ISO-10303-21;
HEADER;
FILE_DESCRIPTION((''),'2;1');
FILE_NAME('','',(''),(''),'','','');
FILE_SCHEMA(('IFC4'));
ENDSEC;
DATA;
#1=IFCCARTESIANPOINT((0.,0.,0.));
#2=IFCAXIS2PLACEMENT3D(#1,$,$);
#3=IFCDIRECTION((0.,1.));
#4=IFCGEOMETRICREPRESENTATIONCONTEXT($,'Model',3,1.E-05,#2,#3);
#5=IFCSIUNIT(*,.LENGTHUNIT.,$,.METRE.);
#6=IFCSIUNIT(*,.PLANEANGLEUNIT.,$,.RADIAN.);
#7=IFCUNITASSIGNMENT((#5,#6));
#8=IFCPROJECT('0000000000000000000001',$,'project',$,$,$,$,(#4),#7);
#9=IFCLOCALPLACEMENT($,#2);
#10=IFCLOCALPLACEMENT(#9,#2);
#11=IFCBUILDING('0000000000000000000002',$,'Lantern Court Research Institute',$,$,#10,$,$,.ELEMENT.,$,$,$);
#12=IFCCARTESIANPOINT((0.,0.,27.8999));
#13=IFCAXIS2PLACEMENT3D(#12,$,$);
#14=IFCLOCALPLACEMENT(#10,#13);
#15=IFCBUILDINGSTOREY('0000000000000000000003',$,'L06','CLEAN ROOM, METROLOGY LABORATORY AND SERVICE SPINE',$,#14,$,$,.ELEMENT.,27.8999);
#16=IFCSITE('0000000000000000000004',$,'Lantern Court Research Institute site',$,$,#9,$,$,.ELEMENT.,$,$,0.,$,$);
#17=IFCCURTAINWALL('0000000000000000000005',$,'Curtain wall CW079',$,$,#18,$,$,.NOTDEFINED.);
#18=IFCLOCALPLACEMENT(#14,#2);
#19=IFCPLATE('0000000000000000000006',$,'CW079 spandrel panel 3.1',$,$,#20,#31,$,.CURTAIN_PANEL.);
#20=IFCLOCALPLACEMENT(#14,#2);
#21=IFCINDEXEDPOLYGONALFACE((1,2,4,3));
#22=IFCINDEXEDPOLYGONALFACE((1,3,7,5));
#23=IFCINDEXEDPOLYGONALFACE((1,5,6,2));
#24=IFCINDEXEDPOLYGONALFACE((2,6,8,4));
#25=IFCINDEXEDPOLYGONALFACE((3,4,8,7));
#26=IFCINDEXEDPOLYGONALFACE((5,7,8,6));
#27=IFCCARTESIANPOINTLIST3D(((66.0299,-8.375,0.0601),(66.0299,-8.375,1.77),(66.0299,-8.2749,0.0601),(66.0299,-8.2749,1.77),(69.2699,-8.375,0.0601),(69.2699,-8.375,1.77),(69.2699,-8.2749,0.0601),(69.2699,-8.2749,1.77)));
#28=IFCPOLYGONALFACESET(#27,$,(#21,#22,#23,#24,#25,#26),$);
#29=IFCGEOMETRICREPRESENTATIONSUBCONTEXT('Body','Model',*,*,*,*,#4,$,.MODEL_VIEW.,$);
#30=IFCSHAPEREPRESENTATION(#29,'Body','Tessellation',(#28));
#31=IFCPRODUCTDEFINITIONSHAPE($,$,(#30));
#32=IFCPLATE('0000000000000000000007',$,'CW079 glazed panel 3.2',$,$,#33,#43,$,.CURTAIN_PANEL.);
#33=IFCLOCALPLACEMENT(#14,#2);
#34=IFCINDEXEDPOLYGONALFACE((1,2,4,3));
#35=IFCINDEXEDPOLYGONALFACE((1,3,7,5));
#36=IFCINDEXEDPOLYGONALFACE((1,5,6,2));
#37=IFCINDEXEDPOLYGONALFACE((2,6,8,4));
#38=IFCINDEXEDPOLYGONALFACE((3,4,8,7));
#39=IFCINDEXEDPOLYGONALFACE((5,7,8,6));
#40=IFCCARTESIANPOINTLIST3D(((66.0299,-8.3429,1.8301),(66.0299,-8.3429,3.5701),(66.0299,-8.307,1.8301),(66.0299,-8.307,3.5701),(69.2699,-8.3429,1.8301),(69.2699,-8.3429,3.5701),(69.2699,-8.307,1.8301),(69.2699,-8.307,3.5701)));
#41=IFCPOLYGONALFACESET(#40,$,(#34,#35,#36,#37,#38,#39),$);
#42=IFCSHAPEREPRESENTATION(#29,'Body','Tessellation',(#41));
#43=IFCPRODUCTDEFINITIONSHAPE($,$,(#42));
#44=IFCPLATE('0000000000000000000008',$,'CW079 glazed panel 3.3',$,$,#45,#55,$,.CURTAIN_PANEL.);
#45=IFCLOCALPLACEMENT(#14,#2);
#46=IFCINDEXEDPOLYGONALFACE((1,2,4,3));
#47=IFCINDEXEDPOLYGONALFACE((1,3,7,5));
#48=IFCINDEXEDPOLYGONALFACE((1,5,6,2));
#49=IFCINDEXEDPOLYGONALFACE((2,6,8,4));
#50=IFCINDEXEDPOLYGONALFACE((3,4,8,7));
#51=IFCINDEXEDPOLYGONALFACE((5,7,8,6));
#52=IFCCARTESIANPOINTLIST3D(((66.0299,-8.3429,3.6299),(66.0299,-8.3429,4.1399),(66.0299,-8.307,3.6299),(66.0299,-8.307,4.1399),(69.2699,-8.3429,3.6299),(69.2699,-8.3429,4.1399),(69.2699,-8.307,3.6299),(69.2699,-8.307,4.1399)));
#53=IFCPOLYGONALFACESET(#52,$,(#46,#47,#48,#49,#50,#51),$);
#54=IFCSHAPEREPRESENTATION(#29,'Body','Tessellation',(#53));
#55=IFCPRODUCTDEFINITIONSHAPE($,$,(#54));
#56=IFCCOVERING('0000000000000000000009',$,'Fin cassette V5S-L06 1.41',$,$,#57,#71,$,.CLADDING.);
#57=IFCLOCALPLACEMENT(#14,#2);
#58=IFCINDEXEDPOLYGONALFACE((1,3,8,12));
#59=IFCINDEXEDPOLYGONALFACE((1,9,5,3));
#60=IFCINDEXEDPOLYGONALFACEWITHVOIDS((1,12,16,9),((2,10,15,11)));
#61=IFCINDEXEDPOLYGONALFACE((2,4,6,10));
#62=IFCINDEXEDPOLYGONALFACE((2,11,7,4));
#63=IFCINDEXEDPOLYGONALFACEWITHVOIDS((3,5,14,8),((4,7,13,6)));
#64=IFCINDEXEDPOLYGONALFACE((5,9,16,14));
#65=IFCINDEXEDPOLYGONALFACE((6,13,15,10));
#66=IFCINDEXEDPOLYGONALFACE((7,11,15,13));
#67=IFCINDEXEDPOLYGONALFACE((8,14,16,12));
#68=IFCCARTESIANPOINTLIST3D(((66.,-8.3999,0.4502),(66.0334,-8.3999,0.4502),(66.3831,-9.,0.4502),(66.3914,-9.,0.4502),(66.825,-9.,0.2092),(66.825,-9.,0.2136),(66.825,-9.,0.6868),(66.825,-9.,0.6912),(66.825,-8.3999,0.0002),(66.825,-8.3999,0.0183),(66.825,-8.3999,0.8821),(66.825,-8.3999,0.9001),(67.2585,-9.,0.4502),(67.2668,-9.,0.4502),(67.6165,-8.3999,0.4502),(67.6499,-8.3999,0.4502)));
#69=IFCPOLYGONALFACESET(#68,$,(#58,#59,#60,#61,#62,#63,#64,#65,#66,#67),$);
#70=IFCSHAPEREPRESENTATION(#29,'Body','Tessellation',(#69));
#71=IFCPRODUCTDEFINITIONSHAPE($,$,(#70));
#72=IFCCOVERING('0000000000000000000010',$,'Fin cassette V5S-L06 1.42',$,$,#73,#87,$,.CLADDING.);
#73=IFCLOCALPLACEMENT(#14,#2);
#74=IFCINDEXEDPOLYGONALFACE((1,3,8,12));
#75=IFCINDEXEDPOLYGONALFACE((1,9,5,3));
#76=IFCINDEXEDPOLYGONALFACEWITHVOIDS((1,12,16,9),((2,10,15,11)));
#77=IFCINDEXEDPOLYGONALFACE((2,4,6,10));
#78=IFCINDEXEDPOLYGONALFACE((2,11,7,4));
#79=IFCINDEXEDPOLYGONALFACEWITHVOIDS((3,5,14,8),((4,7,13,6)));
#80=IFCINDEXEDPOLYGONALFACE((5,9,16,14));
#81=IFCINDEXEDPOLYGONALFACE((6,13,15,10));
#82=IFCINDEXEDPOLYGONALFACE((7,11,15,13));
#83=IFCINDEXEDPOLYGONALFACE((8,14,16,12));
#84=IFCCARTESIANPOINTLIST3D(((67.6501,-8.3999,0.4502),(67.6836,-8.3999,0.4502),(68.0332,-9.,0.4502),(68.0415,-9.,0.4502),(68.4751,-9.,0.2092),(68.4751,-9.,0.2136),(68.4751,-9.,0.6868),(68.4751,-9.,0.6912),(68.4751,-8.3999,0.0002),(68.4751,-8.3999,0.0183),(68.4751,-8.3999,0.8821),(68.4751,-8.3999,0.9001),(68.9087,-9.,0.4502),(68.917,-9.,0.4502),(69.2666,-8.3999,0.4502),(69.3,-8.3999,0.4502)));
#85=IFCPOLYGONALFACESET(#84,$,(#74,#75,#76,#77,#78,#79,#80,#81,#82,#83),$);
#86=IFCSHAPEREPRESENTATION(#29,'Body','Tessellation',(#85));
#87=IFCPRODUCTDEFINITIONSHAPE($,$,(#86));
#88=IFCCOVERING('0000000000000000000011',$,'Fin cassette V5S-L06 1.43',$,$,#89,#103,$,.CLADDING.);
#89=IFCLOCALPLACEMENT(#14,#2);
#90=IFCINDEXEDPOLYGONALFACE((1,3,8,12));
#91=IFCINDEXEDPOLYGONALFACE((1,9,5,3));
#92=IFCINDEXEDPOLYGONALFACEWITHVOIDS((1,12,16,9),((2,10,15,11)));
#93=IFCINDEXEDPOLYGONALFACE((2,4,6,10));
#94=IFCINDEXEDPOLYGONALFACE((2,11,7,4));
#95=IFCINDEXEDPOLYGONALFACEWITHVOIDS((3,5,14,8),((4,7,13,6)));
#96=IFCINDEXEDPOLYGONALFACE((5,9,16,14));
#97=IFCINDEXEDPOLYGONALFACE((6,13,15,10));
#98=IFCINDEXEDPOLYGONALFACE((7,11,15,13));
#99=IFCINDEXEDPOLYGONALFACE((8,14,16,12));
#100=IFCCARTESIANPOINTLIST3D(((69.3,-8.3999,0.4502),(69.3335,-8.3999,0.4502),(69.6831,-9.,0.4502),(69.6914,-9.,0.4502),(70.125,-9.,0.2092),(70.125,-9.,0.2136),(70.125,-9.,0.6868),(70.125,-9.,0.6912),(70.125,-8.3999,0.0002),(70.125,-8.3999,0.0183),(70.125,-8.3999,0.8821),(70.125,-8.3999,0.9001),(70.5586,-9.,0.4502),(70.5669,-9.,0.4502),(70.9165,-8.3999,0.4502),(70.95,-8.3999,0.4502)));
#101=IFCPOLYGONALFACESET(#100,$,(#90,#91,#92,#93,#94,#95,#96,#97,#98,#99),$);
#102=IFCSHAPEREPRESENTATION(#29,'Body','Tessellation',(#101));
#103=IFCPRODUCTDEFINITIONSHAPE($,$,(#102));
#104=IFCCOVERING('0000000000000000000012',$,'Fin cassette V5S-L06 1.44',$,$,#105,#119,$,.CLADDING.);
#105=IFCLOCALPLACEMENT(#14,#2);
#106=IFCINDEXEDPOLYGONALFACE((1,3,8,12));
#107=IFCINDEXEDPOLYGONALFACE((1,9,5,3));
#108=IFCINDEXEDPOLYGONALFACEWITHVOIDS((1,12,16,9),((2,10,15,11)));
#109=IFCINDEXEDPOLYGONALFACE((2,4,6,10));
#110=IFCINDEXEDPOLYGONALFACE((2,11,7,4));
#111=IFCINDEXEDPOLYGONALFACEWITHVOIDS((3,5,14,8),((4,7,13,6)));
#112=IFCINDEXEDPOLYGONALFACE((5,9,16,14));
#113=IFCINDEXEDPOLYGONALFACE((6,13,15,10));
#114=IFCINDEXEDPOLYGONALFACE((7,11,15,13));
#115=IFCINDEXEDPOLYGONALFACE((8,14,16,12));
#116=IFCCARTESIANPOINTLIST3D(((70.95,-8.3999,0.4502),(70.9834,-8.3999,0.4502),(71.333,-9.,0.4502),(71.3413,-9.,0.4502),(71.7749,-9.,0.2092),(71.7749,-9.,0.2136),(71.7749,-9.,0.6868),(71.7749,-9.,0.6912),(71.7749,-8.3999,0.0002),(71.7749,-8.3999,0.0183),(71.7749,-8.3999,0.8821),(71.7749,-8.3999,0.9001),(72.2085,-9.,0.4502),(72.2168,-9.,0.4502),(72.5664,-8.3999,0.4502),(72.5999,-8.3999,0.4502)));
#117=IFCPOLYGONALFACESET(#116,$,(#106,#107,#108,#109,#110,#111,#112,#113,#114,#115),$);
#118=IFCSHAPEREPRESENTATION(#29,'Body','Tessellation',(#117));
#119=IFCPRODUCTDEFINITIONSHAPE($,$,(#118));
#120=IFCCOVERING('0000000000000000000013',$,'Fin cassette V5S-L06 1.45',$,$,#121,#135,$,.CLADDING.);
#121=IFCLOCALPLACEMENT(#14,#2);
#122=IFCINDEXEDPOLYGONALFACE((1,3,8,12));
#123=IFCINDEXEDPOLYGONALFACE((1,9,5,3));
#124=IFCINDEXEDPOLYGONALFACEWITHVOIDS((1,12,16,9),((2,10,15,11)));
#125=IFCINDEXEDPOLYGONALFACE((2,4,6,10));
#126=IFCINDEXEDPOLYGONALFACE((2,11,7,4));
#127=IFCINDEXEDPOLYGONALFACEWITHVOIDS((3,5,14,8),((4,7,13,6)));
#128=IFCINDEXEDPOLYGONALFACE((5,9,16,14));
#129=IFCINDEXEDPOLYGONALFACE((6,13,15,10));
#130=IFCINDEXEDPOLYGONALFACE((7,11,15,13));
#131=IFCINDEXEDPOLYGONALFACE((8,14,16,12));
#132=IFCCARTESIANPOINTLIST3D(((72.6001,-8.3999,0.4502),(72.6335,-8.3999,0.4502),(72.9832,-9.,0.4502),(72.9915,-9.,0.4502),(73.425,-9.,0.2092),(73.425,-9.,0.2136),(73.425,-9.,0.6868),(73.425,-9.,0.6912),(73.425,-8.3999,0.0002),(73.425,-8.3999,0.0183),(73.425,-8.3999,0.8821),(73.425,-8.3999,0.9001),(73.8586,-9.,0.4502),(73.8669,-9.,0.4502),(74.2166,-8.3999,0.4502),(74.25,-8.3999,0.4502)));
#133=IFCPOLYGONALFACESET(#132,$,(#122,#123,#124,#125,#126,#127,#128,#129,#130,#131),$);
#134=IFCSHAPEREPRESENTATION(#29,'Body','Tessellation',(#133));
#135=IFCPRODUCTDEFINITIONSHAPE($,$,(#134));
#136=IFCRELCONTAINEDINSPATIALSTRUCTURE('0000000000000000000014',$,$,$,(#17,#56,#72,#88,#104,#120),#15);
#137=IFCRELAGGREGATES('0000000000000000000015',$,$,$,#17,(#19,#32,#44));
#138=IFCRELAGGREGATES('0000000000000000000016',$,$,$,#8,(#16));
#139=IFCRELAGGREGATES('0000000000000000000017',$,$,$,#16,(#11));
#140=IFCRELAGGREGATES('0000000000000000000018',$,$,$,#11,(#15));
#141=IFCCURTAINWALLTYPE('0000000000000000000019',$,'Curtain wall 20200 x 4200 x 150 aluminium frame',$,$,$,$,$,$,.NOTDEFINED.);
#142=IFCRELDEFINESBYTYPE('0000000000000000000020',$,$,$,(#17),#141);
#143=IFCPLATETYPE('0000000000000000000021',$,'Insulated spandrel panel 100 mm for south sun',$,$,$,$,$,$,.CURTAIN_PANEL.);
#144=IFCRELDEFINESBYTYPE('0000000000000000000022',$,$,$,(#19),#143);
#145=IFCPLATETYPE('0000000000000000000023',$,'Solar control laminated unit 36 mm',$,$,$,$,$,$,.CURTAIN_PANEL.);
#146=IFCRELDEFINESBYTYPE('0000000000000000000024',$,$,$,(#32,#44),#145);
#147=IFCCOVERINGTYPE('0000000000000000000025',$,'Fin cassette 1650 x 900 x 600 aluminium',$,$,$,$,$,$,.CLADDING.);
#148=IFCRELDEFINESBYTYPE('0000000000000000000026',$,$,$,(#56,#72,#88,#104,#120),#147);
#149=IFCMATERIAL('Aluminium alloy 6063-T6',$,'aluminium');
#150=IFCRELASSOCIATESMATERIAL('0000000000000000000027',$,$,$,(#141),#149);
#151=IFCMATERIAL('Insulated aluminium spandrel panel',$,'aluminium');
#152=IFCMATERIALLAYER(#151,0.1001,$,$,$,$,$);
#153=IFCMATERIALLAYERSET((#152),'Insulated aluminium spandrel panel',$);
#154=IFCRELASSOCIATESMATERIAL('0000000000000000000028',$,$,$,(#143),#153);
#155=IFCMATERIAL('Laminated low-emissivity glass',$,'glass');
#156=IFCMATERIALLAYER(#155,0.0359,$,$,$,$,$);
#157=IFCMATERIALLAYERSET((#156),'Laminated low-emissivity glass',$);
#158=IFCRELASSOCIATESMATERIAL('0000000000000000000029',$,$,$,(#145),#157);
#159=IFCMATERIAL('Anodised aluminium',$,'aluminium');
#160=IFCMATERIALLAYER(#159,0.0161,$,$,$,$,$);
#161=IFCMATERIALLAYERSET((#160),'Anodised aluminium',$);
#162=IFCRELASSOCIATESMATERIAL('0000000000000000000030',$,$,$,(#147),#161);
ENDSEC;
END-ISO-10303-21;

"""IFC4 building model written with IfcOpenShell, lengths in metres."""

from ifc_helpers import new_model, entity, si_unit, direction, frame, origin, origin_2d, place, context, subcontext, project, spatial, rectangle, extrude, material, layer, layer_set, type_object, element, aggregate, save


model = new_model("IFC4")

# Units and contexts
model_context = context("Model", 3, precision=1e-05, world=origin(), true_north=direction((0.0, 1.0)))
body_context = subcontext(model_context, "Body", "Model", "MODEL_VIEW")
ifc_project = project(units=[si_unit("LENGTHUNIT", "METRE"), si_unit("PLANEANGLEUNIT", "RADIAN")], contexts=[model_context])

# Site, building, storey
site_placement = place(None, origin())
site = spatial("IfcSite", under=ifc_project, at=site_placement, Name="Lantern Court Research Institute site", CompositionType="ELEMENT", RefElevation=0.0)
building_placement = place(site_placement, origin())
building = spatial("IfcBuilding", under=site, at=building_placement, Name="Lantern Court Research Institute", CompositionType="ELEMENT")
storey_placement = place(building_placement, frame((0.0, 0.0, 27.8999)))
storey = spatial("IfcBuildingStorey", under=building, at=storey_placement, Name="L06", Description="CLEAN ROOM, METROLOGY LABORATORY AND SERVICE SPINE", CompositionType="ELEMENT", Elevation=27.8999)

# Curtain wall, plates
ifc_material_1 = material(Name="Aluminium alloy 6063-T6", Category="aluminium")
curtain_wall_type = type_object("IfcCurtainWallType", Name="Curtain wall 20200 x 4200 x 150 aluminium frame", PredefinedType="NOTDEFINED", material=ifc_material_1)
curtain_wall_placement = place(storey_placement, origin())
curtain_wall = element("IfcCurtainWall", 1, at=curtain_wall_placement, inside=storey, type_object=curtain_wall_type, Name="Curtain wall CW079", PredefinedType="NOTDEFINED")
ifc_material_2 = material(Name="Insulated aluminium spandrel panel", Category="aluminium")
ifc_layer_1 = layer(ifc_material_2, 0.1001)
ifc_layer_set_1 = layer_set([ifc_layer_1], Name="Insulated aluminium spandrel panel")
plate_type_1 = type_object("IfcPlateType", Name="Insulated spandrel panel 100 mm for south sun", PredefinedType="CURTAIN_PANEL", material=ifc_layer_set_1)
plate_1_placement = place(storey_placement, frame((67.6499, -8.325, 0.0601), z_axis=(0.0, 0.0, 1.0), x_axis=(-1.0, 0.0, 0.0)))
plate_1 = element("IfcPlate", 2, at=plate_1_placement, type_object=plate_type_1, Name="CW079 spandrel panel 3.1", PredefinedType="CURTAIN_PANEL", context=body_context, shape_type="SweptSolid", body=[
    extrude(rectangle(XDim=3.24, YDim=0.1001, at=origin_2d()), origin(), (0.0, 0.0, 1.0), 1.71),
])
ifc_material_3 = material(Name="Laminated low-emissivity glass", Category="glass")
ifc_layer_2 = layer(ifc_material_3, 0.0359)
ifc_layer_set_2 = layer_set([ifc_layer_2], Name="Laminated low-emissivity glass")
plate_type_2 = type_object("IfcPlateType", Name="Solar control laminated unit 36 mm", PredefinedType="CURTAIN_PANEL", material=ifc_layer_set_2)
plate_2_placement = place(storey_placement, frame((67.6499, -8.325, 1.8301), z_axis=(0.0, 0.0, 1.0), x_axis=(-1.0, 0.0, 0.0)))
plate_2 = element("IfcPlate", 3, at=plate_2_placement, type_object=plate_type_2, Name="CW079 glazed panel 3.2", PredefinedType="CURTAIN_PANEL", context=body_context, shape_type="SweptSolid", body=[
    extrude(rectangle(XDim=3.24, YDim=0.0359, at=origin_2d()), origin(), (0.0, 0.0, 1.0), 1.74),
])
plate_3_placement = place(storey_placement, frame((67.6499, -8.325, 3.6299), z_axis=(0.0, 0.0, 1.0), x_axis=(-1.0, 0.0, 0.0)))
plate_3 = element("IfcPlate", 4, at=plate_3_placement, type_object=plate_type_2, Name="CW079 glazed panel 3.3", PredefinedType="CURTAIN_PANEL", context=body_context, shape_type="SweptSolid", body=[
    extrude(rectangle(XDim=3.24, YDim=0.0359, at=origin_2d()), origin(), (0.0, 0.0, 1.0), 0.51),
])
aggregate(curtain_wall, [plate_1, plate_2, plate_3])

# Coverings
ifc_material_4 = material(Name="Anodised aluminium", Category="aluminium")
ifc_layer_3 = layer(ifc_material_4, 0.0161)
ifc_layer_set_3 = layer_set([ifc_layer_3], Name="Anodised aluminium")
covering_type = type_object("IfcCoveringType", Name="Fin cassette 1650 x 900 x 600 aluminium", PredefinedType="CLADDING", material=ifc_layer_set_3)
covering_1_placement = place(storey_placement, frame((66.825, -8.3999, 0.4502), z_axis=(0.0, -1.0, 0.0), x_axis=(1.0, 0.0, 0.0)))
cartesian_point_1 = entity("IfcCartesianPoint", [0.825, 0.0])
cartesian_point_2 = entity("IfcCartesianPoint", [0.7915, 0.0])
cartesian_point_3 = entity("IfcCartesianPoint", [0.4419, 0.0])
cartesian_point_4 = entity("IfcCartesianPoint", [0.4336, 0.0])
element("IfcCovering", 5, at=covering_1_placement, inside=storey, type_object=covering_type, Name="Fin cassette V5S-L06 1.41", PredefinedType="CLADDING", context=body_context, shape_type="SweptSolid", body=[
    entity("IfcExtrudedAreaSolidTapered", entity("IfcArbitraryProfileDefWithVoids", "AREA", None, entity("IfcPolyline", [cartesian_point_1, entity("IfcCartesianPoint", [0.0, 0.45]), entity("IfcCartesianPoint", [-0.825, 0.0]), entity("IfcCartesianPoint", [0.0, -0.45]), cartesian_point_1]), [entity("IfcPolyline", [cartesian_point_2, entity("IfcCartesianPoint", [0.0, 0.4319]), entity("IfcCartesianPoint", [-0.7915, 0.0]), entity("IfcCartesianPoint", [0.0, -0.4319]), cartesian_point_2])]), entity("IfcAxis2Placement3D", entity("IfcCartesianPoint", [0.0, 0.0, 0.0])), entity("IfcDirection", [0.0, 0.0, 1.0]), 0.6001, entity("IfcArbitraryProfileDefWithVoids", "AREA", None, entity("IfcPolyline", [cartesian_point_3, entity("IfcCartesianPoint", [0.0, 0.241]), entity("IfcCartesianPoint", [-0.4419, 0.0]), entity("IfcCartesianPoint", [0.0, -0.241]), cartesian_point_3]), [entity("IfcPolyline", [cartesian_point_4, entity("IfcCartesianPoint", [0.0, 0.2366]), entity("IfcCartesianPoint", [-0.4336, 0.0]), entity("IfcCartesianPoint", [0.0, -0.2366]), cartesian_point_4])])),
])
covering_2_placement = place(storey_placement, frame((68.4751, -8.3999, 0.4502), z_axis=(0.0, -1.0, 0.0), x_axis=(1.0, 0.0, 0.0)))
cartesian_point_5 = entity("IfcCartesianPoint", [0.825, 0.0])
cartesian_point_6 = entity("IfcCartesianPoint", [0.7915, 0.0])
cartesian_point_7 = entity("IfcCartesianPoint", [0.4419, 0.0])
cartesian_point_8 = entity("IfcCartesianPoint", [0.4336, 0.0])
element("IfcCovering", 6, at=covering_2_placement, inside=storey, type_object=covering_type, Name="Fin cassette V5S-L06 1.42", PredefinedType="CLADDING", context=body_context, shape_type="SweptSolid", body=[
    entity("IfcExtrudedAreaSolidTapered", entity("IfcArbitraryProfileDefWithVoids", "AREA", None, entity("IfcPolyline", [cartesian_point_5, entity("IfcCartesianPoint", [0.0, 0.45]), entity("IfcCartesianPoint", [-0.825, 0.0]), entity("IfcCartesianPoint", [0.0, -0.45]), cartesian_point_5]), [entity("IfcPolyline", [cartesian_point_6, entity("IfcCartesianPoint", [0.0, 0.4319]), entity("IfcCartesianPoint", [-0.7915, 0.0]), entity("IfcCartesianPoint", [0.0, -0.4319]), cartesian_point_6])]), entity("IfcAxis2Placement3D", entity("IfcCartesianPoint", [0.0, 0.0, 0.0])), entity("IfcDirection", [0.0, 0.0, 1.0]), 0.6001, entity("IfcArbitraryProfileDefWithVoids", "AREA", None, entity("IfcPolyline", [cartesian_point_7, entity("IfcCartesianPoint", [0.0, 0.241]), entity("IfcCartesianPoint", [-0.4419, 0.0]), entity("IfcCartesianPoint", [0.0, -0.241]), cartesian_point_7]), [entity("IfcPolyline", [cartesian_point_8, entity("IfcCartesianPoint", [0.0, 0.2366]), entity("IfcCartesianPoint", [-0.4336, 0.0]), entity("IfcCartesianPoint", [0.0, -0.2366]), cartesian_point_8])])),
])
covering_3_placement = place(storey_placement, frame((70.125, -8.3999, 0.4502), z_axis=(0.0, -1.0, 0.0), x_axis=(1.0, 0.0, 0.0)))
cartesian_point_9 = entity("IfcCartesianPoint", [0.825, 0.0])
cartesian_point_10 = entity("IfcCartesianPoint", [0.7915, 0.0])
cartesian_point_11 = entity("IfcCartesianPoint", [0.4419, 0.0])
cartesian_point_12 = entity("IfcCartesianPoint", [0.4336, 0.0])
element("IfcCovering", 7, at=covering_3_placement, inside=storey, type_object=covering_type, Name="Fin cassette V5S-L06 1.43", PredefinedType="CLADDING", context=body_context, shape_type="SweptSolid", body=[
    entity("IfcExtrudedAreaSolidTapered", entity("IfcArbitraryProfileDefWithVoids", "AREA", None, entity("IfcPolyline", [cartesian_point_9, entity("IfcCartesianPoint", [0.0, 0.45]), entity("IfcCartesianPoint", [-0.825, 0.0]), entity("IfcCartesianPoint", [0.0, -0.45]), cartesian_point_9]), [entity("IfcPolyline", [cartesian_point_10, entity("IfcCartesianPoint", [0.0, 0.4319]), entity("IfcCartesianPoint", [-0.7915, 0.0]), entity("IfcCartesianPoint", [0.0, -0.4319]), cartesian_point_10])]), entity("IfcAxis2Placement3D", entity("IfcCartesianPoint", [0.0, 0.0, 0.0])), entity("IfcDirection", [0.0, 0.0, 1.0]), 0.6001, entity("IfcArbitraryProfileDefWithVoids", "AREA", None, entity("IfcPolyline", [cartesian_point_11, entity("IfcCartesianPoint", [0.0, 0.241]), entity("IfcCartesianPoint", [-0.4419, 0.0]), entity("IfcCartesianPoint", [0.0, -0.241]), cartesian_point_11]), [entity("IfcPolyline", [cartesian_point_12, entity("IfcCartesianPoint", [0.0, 0.2366]), entity("IfcCartesianPoint", [-0.4336, 0.0]), entity("IfcCartesianPoint", [0.0, -0.2366]), cartesian_point_12])])),
])
covering_4_placement = place(storey_placement, frame((71.7749, -8.3999, 0.4502), z_axis=(0.0, -1.0, 0.0), x_axis=(1.0, 0.0, 0.0)))
cartesian_point_13 = entity("IfcCartesianPoint", [0.825, 0.0])
cartesian_point_14 = entity("IfcCartesianPoint", [0.7915, 0.0])
cartesian_point_15 = entity("IfcCartesianPoint", [0.4419, 0.0])
cartesian_point_16 = entity("IfcCartesianPoint", [0.4336, 0.0])
element("IfcCovering", 8, at=covering_4_placement, inside=storey, type_object=covering_type, Name="Fin cassette V5S-L06 1.44", PredefinedType="CLADDING", context=body_context, shape_type="SweptSolid", body=[
    entity("IfcExtrudedAreaSolidTapered", entity("IfcArbitraryProfileDefWithVoids", "AREA", None, entity("IfcPolyline", [cartesian_point_13, entity("IfcCartesianPoint", [0.0, 0.45]), entity("IfcCartesianPoint", [-0.825, 0.0]), entity("IfcCartesianPoint", [0.0, -0.45]), cartesian_point_13]), [entity("IfcPolyline", [cartesian_point_14, entity("IfcCartesianPoint", [0.0, 0.4319]), entity("IfcCartesianPoint", [-0.7915, 0.0]), entity("IfcCartesianPoint", [0.0, -0.4319]), cartesian_point_14])]), entity("IfcAxis2Placement3D", entity("IfcCartesianPoint", [0.0, 0.0, 0.0])), entity("IfcDirection", [0.0, 0.0, 1.0]), 0.6001, entity("IfcArbitraryProfileDefWithVoids", "AREA", None, entity("IfcPolyline", [cartesian_point_15, entity("IfcCartesianPoint", [0.0, 0.241]), entity("IfcCartesianPoint", [-0.4419, 0.0]), entity("IfcCartesianPoint", [0.0, -0.241]), cartesian_point_15]), [entity("IfcPolyline", [cartesian_point_16, entity("IfcCartesianPoint", [0.0, 0.2366]), entity("IfcCartesianPoint", [-0.4336, 0.0]), entity("IfcCartesianPoint", [0.0, -0.2366]), cartesian_point_16])])),
])
covering_5_placement = place(storey_placement, frame((73.425, -8.3999, 0.4502), z_axis=(0.0, -1.0, 0.0), x_axis=(1.0, 0.0, 0.0)))
cartesian_point_17 = entity("IfcCartesianPoint", [0.825, 0.0])
cartesian_point_18 = entity("IfcCartesianPoint", [0.7915, 0.0])
cartesian_point_19 = entity("IfcCartesianPoint", [0.4419, 0.0])
cartesian_point_20 = entity("IfcCartesianPoint", [0.4336, 0.0])
element("IfcCovering", 9, at=covering_5_placement, inside=storey, type_object=covering_type, Name="Fin cassette V5S-L06 1.45", PredefinedType="CLADDING", context=body_context, shape_type="SweptSolid", body=[
    entity("IfcExtrudedAreaSolidTapered", entity("IfcArbitraryProfileDefWithVoids", "AREA", None, entity("IfcPolyline", [cartesian_point_17, entity("IfcCartesianPoint", [0.0, 0.45]), entity("IfcCartesianPoint", [-0.825, 0.0]), entity("IfcCartesianPoint", [0.0, -0.45]), cartesian_point_17]), [entity("IfcPolyline", [cartesian_point_18, entity("IfcCartesianPoint", [0.0, 0.4319]), entity("IfcCartesianPoint", [-0.7915, 0.0]), entity("IfcCartesianPoint", [0.0, -0.4319]), cartesian_point_18])]), entity("IfcAxis2Placement3D", entity("IfcCartesianPoint", [0.0, 0.0, 0.0])), entity("IfcDirection", [0.0, 0.0, 1.0]), 0.6001, entity("IfcArbitraryProfileDefWithVoids", "AREA", None, entity("IfcPolyline", [cartesian_point_19, entity("IfcCartesianPoint", [0.0, 0.241]), entity("IfcCartesianPoint", [-0.4419, 0.0]), entity("IfcCartesianPoint", [0.0, -0.241]), cartesian_point_19]), [entity("IfcPolyline", [cartesian_point_20, entity("IfcCartesianPoint", [0.0, 0.2366]), entity("IfcCartesianPoint", [-0.4336, 0.0]), entity("IfcCartesianPoint", [0.0, -0.2366]), cartesian_point_20])])),
])

save(model, "model.ifc")
